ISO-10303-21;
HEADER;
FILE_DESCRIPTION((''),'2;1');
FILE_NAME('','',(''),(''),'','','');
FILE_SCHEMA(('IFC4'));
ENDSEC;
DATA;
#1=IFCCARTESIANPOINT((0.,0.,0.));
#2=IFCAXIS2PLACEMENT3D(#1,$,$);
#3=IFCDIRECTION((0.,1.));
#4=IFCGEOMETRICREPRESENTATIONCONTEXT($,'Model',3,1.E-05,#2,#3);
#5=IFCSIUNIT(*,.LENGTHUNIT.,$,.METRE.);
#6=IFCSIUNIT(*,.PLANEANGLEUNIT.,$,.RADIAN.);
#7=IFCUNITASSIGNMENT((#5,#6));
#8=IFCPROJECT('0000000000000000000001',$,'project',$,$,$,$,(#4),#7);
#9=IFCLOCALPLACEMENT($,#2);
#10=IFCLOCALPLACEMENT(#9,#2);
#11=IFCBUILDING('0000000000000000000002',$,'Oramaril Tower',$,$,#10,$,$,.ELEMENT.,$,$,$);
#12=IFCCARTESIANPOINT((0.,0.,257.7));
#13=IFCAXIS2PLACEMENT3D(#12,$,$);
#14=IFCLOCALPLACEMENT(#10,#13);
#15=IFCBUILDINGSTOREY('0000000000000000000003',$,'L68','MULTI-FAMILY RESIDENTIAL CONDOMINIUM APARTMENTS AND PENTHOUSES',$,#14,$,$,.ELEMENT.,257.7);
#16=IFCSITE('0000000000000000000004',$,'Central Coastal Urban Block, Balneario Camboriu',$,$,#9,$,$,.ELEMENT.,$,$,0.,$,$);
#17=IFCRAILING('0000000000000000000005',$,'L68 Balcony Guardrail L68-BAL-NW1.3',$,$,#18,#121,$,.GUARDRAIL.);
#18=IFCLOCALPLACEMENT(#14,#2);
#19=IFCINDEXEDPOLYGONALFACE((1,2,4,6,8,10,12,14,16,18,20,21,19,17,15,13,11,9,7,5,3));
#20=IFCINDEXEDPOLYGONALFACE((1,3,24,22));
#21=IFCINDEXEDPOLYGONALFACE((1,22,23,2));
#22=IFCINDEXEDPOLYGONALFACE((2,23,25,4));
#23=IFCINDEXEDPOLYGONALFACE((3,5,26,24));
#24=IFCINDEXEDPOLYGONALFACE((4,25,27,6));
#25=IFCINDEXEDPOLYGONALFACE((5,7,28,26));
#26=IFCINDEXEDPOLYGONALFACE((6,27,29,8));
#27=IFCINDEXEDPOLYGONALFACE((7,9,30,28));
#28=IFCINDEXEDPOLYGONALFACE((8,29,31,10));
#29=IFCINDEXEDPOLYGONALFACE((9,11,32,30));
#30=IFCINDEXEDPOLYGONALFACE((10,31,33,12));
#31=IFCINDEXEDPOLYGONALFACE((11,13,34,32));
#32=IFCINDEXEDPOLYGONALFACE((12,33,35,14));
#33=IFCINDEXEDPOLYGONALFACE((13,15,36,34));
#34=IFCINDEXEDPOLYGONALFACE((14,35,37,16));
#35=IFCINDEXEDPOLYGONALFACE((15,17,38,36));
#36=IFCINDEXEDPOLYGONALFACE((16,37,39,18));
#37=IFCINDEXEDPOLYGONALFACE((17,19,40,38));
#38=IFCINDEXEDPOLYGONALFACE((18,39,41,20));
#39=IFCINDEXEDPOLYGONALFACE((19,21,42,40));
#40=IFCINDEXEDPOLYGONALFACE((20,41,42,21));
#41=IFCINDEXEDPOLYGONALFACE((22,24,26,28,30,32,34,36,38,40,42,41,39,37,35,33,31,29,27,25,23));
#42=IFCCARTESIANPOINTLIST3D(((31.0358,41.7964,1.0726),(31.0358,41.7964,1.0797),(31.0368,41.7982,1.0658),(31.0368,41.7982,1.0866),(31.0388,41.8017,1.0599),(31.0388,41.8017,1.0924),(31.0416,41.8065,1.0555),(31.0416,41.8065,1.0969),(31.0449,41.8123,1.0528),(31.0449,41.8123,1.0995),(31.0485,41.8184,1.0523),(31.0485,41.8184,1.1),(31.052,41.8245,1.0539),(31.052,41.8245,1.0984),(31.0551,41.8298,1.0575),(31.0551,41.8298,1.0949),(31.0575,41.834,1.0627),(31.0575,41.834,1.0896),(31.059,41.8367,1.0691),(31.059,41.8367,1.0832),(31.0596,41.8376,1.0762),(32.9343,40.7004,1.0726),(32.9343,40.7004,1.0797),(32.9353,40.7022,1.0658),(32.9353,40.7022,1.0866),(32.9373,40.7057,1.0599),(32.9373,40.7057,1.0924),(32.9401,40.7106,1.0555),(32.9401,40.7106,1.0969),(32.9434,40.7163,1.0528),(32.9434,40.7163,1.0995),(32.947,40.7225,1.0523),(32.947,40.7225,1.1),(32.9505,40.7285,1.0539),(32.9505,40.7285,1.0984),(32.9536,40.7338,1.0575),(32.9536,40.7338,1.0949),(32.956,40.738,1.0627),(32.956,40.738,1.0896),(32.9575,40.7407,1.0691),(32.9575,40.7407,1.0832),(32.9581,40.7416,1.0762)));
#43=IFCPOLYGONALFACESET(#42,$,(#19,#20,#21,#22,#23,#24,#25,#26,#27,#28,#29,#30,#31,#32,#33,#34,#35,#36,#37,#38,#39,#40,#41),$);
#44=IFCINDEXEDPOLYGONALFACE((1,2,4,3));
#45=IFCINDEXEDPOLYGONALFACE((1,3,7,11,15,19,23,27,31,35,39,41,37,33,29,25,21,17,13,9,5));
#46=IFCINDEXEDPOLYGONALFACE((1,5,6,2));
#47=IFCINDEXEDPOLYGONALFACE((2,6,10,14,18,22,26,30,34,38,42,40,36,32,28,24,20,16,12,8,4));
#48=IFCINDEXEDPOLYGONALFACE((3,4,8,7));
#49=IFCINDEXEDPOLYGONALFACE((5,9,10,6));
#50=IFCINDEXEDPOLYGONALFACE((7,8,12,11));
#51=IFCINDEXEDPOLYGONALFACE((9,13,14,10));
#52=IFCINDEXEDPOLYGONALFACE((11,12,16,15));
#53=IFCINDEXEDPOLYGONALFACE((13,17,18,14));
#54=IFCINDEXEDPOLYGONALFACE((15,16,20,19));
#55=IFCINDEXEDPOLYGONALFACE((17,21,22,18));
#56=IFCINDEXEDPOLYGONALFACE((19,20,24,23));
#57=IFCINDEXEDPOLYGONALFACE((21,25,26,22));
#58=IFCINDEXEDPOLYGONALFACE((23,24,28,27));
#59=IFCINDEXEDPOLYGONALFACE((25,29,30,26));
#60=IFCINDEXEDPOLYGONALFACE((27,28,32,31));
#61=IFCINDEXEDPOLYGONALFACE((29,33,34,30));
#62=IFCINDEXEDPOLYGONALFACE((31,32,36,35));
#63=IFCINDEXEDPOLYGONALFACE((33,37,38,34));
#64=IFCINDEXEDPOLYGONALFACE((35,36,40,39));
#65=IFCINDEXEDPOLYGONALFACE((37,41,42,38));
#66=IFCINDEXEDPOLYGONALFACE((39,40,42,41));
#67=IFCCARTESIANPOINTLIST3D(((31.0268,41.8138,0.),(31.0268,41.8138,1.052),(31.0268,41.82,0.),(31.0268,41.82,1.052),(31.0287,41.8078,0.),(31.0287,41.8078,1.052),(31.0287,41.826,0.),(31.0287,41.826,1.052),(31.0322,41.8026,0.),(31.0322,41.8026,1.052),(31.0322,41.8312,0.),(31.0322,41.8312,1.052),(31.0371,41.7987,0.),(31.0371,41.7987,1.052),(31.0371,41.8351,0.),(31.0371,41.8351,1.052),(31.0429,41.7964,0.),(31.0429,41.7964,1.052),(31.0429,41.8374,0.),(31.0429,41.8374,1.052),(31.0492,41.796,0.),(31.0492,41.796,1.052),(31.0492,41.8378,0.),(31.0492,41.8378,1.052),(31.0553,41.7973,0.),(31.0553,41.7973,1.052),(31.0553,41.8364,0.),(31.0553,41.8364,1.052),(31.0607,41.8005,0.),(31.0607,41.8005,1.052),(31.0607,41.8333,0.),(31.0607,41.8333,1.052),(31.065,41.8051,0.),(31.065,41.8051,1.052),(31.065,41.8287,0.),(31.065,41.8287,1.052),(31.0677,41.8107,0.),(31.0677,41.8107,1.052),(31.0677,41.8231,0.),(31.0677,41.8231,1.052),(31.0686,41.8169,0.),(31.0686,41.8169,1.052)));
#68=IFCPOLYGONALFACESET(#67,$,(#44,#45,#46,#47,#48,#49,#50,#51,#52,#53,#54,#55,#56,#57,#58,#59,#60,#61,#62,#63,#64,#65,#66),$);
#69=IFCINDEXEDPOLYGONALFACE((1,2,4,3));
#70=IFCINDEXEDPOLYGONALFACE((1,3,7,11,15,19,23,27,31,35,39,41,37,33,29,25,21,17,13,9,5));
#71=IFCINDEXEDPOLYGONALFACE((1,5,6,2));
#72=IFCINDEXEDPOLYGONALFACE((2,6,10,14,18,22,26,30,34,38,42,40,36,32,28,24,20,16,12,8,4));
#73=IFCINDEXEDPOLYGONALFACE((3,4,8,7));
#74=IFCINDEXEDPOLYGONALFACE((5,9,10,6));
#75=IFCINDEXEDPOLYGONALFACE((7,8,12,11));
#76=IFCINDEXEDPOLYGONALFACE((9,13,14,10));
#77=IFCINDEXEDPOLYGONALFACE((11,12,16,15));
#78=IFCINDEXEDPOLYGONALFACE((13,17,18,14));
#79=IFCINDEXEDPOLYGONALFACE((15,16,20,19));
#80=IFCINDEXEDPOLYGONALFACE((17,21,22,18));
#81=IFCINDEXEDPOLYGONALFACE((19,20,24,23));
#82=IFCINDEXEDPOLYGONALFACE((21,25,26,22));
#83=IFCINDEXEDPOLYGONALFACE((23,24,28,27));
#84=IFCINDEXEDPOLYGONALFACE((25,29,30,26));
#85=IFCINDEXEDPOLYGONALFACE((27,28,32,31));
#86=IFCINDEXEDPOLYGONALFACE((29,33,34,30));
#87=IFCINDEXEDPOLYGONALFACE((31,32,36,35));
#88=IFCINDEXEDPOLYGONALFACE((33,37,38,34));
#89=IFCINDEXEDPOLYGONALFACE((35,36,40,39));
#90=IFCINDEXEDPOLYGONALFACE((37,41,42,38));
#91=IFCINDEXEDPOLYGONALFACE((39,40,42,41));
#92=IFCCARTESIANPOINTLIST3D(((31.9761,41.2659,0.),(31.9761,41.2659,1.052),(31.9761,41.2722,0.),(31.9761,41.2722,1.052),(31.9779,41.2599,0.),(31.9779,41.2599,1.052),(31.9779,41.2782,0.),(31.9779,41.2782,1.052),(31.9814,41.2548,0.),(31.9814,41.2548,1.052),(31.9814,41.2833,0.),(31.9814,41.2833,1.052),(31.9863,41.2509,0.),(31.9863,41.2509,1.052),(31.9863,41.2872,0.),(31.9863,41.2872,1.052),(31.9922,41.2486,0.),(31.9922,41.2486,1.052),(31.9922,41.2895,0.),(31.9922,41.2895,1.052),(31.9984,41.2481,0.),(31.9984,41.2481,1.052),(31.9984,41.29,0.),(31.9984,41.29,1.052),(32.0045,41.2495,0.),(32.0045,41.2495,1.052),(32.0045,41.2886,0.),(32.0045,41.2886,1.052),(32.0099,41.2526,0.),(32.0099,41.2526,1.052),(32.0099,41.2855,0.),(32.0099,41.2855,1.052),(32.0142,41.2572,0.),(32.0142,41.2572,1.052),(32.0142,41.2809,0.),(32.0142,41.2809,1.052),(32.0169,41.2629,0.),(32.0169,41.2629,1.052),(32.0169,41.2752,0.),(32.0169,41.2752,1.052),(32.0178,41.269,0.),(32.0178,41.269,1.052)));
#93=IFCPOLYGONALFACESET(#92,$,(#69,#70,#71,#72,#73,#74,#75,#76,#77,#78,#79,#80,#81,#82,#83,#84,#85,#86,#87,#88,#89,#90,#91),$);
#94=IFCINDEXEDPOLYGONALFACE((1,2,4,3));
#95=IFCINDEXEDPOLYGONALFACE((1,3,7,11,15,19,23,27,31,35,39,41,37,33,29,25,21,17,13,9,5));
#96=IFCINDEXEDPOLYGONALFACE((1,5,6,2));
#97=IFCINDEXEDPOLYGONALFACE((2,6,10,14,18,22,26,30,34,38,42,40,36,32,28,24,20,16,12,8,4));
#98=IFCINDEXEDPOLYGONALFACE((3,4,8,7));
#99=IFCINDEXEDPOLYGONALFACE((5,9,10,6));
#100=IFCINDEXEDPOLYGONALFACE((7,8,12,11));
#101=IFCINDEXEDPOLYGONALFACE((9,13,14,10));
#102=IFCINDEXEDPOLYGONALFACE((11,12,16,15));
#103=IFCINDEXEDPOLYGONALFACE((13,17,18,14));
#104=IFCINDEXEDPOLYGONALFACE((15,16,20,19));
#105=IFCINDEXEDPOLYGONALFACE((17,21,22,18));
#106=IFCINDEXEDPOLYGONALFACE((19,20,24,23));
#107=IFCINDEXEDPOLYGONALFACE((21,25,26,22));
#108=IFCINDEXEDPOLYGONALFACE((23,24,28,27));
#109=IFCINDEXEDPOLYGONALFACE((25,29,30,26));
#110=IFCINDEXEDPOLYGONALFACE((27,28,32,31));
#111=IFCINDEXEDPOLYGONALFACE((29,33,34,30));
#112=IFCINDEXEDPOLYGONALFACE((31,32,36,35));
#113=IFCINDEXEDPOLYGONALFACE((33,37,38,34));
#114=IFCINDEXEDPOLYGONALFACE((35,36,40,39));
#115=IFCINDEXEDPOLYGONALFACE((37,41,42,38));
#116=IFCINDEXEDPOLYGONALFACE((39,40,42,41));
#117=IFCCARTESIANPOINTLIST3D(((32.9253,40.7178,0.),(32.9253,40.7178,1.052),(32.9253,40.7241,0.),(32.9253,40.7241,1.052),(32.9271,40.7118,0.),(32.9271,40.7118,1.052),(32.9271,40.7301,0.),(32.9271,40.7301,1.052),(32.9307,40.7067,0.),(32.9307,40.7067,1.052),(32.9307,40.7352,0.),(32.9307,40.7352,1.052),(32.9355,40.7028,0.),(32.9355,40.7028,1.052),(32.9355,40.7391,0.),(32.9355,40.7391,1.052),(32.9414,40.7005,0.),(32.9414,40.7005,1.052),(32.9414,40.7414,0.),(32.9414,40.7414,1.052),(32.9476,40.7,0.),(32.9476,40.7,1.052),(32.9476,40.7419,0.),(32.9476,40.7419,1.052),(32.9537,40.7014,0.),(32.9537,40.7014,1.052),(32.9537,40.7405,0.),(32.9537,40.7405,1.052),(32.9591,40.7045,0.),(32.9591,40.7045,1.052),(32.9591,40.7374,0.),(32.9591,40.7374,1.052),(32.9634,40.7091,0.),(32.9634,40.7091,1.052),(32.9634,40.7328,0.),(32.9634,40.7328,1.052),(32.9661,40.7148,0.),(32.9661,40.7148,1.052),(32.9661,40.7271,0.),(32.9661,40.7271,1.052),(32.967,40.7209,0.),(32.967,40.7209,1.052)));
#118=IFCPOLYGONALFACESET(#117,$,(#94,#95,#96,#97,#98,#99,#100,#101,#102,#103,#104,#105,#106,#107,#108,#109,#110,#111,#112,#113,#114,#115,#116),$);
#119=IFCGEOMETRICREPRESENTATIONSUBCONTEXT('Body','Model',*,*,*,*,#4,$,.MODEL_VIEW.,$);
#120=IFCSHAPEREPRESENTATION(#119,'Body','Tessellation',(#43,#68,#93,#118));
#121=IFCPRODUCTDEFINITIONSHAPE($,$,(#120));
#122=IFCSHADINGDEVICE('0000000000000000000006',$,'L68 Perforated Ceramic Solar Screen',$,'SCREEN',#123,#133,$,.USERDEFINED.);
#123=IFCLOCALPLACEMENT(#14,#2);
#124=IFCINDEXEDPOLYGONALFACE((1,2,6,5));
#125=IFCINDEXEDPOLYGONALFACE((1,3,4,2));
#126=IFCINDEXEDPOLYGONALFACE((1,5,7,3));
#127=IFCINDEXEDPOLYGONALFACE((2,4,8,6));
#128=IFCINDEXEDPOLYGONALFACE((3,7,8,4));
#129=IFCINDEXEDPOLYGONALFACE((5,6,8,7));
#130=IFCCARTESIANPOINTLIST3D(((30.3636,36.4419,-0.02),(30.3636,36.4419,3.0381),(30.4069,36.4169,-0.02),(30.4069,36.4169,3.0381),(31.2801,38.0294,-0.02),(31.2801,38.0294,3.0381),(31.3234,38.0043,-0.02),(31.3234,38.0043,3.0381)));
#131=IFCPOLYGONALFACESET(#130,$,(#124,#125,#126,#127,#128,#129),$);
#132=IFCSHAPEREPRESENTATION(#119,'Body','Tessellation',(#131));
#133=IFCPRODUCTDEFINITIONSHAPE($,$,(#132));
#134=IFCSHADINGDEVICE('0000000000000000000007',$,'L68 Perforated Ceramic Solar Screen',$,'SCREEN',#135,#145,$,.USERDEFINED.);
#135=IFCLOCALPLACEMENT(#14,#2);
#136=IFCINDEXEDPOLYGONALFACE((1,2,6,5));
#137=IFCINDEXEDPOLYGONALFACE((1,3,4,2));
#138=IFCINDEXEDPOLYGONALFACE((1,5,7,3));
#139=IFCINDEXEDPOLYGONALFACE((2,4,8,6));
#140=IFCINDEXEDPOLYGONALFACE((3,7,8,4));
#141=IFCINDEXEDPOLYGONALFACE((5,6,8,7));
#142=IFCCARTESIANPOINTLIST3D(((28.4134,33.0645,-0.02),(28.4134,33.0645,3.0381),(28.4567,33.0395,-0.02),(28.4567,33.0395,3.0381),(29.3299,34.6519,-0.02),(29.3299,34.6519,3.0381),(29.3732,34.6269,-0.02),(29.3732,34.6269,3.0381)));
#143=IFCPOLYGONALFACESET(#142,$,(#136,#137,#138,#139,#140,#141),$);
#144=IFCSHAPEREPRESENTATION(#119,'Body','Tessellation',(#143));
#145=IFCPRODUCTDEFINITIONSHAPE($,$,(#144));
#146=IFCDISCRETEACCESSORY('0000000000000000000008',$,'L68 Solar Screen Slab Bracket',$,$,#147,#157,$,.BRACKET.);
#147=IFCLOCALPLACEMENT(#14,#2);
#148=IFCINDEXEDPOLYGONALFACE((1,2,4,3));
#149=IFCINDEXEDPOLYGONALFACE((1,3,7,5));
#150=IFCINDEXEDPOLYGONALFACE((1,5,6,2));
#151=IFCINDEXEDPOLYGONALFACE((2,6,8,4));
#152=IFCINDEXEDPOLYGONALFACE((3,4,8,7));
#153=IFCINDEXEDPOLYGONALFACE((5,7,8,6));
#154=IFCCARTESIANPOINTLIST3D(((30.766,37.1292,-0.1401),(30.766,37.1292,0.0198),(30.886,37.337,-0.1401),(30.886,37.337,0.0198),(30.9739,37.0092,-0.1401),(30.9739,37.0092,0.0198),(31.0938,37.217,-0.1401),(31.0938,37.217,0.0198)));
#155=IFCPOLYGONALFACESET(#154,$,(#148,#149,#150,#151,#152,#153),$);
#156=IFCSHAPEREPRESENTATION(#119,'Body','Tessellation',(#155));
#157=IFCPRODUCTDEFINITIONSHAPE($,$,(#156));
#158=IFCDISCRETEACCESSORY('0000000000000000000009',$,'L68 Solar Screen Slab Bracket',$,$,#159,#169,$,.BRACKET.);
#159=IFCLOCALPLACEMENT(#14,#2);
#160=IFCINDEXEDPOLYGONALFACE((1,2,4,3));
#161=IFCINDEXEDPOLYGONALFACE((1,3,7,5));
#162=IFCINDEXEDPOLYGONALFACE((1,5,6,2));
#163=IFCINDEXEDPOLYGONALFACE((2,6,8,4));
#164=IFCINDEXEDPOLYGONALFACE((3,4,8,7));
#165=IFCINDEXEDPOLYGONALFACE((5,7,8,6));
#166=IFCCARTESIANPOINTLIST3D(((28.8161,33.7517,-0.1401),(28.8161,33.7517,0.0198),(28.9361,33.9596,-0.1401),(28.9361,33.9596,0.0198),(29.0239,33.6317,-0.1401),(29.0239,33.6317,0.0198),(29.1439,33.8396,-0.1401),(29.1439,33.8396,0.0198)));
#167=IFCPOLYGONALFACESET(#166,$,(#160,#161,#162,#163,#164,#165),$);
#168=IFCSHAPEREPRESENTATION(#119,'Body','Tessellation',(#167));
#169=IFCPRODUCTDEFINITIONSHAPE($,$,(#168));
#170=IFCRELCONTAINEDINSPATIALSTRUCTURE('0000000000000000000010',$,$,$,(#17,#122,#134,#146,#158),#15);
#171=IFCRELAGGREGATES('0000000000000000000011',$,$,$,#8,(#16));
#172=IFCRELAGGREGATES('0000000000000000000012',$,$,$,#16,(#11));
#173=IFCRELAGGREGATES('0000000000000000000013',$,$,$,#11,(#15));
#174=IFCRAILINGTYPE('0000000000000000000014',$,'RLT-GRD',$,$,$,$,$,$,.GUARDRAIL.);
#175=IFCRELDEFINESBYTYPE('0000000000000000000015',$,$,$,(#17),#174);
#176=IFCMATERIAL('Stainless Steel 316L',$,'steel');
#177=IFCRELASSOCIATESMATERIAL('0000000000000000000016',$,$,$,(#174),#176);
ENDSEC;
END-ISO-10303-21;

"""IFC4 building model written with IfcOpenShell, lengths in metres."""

from ifc_helpers import new_model, si_unit, direction, frame, origin, origin_2d, place, context, subcontext, project, spatial, rectangle, circle, extrude, material, type_object, element, save


model = new_model("IFC4")

# Units and contexts
model_context = context("Model", 3, precision=1e-05, world=origin(), true_north=direction((0.0, 1.0)))
body_context = subcontext(model_context, "Body", "Model", "MODEL_VIEW")
ifc_project = project(units=[si_unit("LENGTHUNIT", "METRE"), si_unit("PLANEANGLEUNIT", "RADIAN")], contexts=[model_context])

# Site, building, storey
site_placement = place(None, origin())
site = spatial("IfcSite", under=ifc_project, at=site_placement, Name="Central Coastal Urban Block, Balneario Camboriu", CompositionType="ELEMENT", RefElevation=0.0)
building_placement = place(site_placement, origin())
building = spatial("IfcBuilding", under=site, at=building_placement, Name="Oramaril Tower", CompositionType="ELEMENT")
storey_placement = place(building_placement, frame((0.0, 0.0, 257.7)))
storey = spatial("IfcBuildingStorey", under=building, at=storey_placement, Name="L68", Description="MULTI-FAMILY RESIDENTIAL CONDOMINIUM APARTMENTS AND PENTHOUSES", CompositionType="ELEMENT", Elevation=257.7)

# Railing
ifc_material_1 = material(Name="Stainless Steel 316L", Category="steel")
railing_type = type_object("IfcRailingType", Name="RLT-GRD", PredefinedType="GUARDRAIL", material=ifc_material_1)
railing_1_placement = place(storey_placement, frame((31.0476, 41.8169, 0.0)))
element("IfcRailing", 1, at=railing_1_placement, inside=storey, type_object=railing_type, Name="L68 Balcony Guardrail L68-BAL-NW1.3", PredefinedType="GUARDRAIL", context=body_context, shape_type="SweptSolid", body=[
    extrude(circle(Radius=0.0239, at=origin_2d()), frame((0.0, 0.0, 1.0762), z_axis=(0.866048, -0.49996, 0.0), x_axis=(0.49996, 0.866048, 0.0)), (0.0, 0.0, 1.0), 2.1921),
    extrude(circle(Radius=0.021, at=origin_2d()), origin(), (0.0, 0.0, 1.0), 1.052),
    extrude(circle(Radius=0.021, at=origin_2d()), frame((0.9492, -0.5479, 0.0)), (0.0, 0.0, 1.0), 1.052),
    extrude(circle(Radius=0.021, at=origin_2d()), frame((1.8984, -1.0959, 0.0)), (0.0, 0.0, 1.0), 1.052),
])

# Shading devices
for number, where, z_axis, x_axis, name in (
    (2, (30.8435, 37.2231, -0.02), (0.0, 0.0, 1.0), (-0.5, -0.866025, 0.0), "L68 Perforated Ceramic Solar Screen"),
    (3, (28.8933, 33.8457, -0.02), (0.0, 0.0, 1.0), (-0.5, -0.866025, 0.0), "L68 Perforated Ceramic Solar Screen"),
):
    element("IfcShadingDevice", number, at=place(storey_placement, frame(where, z_axis=z_axis, x_axis=x_axis)), inside=storey, Name=name, ObjectType="SCREEN", PredefinedType="USERDEFINED", context=body_context, shape_type="SweptSolid", body=[
        extrude(rectangle(XDim=1.833, YDim=0.05, at=origin_2d()), origin(), (0.0, 0.0, 1.0), 3.0581),
    ])

# Discrete accessories
for number, where, z_axis, x_axis, name in (
    (4, (30.9299, 37.1731, -0.1401), (0.0, 0.0, 1.0), (-0.5, -0.866025, 0.0), "L68 Solar Screen Slab Bracket"),
    (5, (28.98, 33.7957, -0.1401), (0.0, 0.0, 1.0), (-0.5, -0.866025, 0.0), "L68 Solar Screen Slab Bracket"),
):
    element("IfcDiscreteAccessory", number, at=place(storey_placement, frame(where, z_axis=z_axis, x_axis=x_axis)), inside=storey, Name=name, PredefinedType="BRACKET", context=body_context, shape_type="SweptSolid", body=[
        extrude(rectangle(XDim=0.24, YDim=0.24, at=origin_2d()), origin(), (0.0, 0.0, 1.0), 0.1599),
    ])

save(model, "model.ifc")
